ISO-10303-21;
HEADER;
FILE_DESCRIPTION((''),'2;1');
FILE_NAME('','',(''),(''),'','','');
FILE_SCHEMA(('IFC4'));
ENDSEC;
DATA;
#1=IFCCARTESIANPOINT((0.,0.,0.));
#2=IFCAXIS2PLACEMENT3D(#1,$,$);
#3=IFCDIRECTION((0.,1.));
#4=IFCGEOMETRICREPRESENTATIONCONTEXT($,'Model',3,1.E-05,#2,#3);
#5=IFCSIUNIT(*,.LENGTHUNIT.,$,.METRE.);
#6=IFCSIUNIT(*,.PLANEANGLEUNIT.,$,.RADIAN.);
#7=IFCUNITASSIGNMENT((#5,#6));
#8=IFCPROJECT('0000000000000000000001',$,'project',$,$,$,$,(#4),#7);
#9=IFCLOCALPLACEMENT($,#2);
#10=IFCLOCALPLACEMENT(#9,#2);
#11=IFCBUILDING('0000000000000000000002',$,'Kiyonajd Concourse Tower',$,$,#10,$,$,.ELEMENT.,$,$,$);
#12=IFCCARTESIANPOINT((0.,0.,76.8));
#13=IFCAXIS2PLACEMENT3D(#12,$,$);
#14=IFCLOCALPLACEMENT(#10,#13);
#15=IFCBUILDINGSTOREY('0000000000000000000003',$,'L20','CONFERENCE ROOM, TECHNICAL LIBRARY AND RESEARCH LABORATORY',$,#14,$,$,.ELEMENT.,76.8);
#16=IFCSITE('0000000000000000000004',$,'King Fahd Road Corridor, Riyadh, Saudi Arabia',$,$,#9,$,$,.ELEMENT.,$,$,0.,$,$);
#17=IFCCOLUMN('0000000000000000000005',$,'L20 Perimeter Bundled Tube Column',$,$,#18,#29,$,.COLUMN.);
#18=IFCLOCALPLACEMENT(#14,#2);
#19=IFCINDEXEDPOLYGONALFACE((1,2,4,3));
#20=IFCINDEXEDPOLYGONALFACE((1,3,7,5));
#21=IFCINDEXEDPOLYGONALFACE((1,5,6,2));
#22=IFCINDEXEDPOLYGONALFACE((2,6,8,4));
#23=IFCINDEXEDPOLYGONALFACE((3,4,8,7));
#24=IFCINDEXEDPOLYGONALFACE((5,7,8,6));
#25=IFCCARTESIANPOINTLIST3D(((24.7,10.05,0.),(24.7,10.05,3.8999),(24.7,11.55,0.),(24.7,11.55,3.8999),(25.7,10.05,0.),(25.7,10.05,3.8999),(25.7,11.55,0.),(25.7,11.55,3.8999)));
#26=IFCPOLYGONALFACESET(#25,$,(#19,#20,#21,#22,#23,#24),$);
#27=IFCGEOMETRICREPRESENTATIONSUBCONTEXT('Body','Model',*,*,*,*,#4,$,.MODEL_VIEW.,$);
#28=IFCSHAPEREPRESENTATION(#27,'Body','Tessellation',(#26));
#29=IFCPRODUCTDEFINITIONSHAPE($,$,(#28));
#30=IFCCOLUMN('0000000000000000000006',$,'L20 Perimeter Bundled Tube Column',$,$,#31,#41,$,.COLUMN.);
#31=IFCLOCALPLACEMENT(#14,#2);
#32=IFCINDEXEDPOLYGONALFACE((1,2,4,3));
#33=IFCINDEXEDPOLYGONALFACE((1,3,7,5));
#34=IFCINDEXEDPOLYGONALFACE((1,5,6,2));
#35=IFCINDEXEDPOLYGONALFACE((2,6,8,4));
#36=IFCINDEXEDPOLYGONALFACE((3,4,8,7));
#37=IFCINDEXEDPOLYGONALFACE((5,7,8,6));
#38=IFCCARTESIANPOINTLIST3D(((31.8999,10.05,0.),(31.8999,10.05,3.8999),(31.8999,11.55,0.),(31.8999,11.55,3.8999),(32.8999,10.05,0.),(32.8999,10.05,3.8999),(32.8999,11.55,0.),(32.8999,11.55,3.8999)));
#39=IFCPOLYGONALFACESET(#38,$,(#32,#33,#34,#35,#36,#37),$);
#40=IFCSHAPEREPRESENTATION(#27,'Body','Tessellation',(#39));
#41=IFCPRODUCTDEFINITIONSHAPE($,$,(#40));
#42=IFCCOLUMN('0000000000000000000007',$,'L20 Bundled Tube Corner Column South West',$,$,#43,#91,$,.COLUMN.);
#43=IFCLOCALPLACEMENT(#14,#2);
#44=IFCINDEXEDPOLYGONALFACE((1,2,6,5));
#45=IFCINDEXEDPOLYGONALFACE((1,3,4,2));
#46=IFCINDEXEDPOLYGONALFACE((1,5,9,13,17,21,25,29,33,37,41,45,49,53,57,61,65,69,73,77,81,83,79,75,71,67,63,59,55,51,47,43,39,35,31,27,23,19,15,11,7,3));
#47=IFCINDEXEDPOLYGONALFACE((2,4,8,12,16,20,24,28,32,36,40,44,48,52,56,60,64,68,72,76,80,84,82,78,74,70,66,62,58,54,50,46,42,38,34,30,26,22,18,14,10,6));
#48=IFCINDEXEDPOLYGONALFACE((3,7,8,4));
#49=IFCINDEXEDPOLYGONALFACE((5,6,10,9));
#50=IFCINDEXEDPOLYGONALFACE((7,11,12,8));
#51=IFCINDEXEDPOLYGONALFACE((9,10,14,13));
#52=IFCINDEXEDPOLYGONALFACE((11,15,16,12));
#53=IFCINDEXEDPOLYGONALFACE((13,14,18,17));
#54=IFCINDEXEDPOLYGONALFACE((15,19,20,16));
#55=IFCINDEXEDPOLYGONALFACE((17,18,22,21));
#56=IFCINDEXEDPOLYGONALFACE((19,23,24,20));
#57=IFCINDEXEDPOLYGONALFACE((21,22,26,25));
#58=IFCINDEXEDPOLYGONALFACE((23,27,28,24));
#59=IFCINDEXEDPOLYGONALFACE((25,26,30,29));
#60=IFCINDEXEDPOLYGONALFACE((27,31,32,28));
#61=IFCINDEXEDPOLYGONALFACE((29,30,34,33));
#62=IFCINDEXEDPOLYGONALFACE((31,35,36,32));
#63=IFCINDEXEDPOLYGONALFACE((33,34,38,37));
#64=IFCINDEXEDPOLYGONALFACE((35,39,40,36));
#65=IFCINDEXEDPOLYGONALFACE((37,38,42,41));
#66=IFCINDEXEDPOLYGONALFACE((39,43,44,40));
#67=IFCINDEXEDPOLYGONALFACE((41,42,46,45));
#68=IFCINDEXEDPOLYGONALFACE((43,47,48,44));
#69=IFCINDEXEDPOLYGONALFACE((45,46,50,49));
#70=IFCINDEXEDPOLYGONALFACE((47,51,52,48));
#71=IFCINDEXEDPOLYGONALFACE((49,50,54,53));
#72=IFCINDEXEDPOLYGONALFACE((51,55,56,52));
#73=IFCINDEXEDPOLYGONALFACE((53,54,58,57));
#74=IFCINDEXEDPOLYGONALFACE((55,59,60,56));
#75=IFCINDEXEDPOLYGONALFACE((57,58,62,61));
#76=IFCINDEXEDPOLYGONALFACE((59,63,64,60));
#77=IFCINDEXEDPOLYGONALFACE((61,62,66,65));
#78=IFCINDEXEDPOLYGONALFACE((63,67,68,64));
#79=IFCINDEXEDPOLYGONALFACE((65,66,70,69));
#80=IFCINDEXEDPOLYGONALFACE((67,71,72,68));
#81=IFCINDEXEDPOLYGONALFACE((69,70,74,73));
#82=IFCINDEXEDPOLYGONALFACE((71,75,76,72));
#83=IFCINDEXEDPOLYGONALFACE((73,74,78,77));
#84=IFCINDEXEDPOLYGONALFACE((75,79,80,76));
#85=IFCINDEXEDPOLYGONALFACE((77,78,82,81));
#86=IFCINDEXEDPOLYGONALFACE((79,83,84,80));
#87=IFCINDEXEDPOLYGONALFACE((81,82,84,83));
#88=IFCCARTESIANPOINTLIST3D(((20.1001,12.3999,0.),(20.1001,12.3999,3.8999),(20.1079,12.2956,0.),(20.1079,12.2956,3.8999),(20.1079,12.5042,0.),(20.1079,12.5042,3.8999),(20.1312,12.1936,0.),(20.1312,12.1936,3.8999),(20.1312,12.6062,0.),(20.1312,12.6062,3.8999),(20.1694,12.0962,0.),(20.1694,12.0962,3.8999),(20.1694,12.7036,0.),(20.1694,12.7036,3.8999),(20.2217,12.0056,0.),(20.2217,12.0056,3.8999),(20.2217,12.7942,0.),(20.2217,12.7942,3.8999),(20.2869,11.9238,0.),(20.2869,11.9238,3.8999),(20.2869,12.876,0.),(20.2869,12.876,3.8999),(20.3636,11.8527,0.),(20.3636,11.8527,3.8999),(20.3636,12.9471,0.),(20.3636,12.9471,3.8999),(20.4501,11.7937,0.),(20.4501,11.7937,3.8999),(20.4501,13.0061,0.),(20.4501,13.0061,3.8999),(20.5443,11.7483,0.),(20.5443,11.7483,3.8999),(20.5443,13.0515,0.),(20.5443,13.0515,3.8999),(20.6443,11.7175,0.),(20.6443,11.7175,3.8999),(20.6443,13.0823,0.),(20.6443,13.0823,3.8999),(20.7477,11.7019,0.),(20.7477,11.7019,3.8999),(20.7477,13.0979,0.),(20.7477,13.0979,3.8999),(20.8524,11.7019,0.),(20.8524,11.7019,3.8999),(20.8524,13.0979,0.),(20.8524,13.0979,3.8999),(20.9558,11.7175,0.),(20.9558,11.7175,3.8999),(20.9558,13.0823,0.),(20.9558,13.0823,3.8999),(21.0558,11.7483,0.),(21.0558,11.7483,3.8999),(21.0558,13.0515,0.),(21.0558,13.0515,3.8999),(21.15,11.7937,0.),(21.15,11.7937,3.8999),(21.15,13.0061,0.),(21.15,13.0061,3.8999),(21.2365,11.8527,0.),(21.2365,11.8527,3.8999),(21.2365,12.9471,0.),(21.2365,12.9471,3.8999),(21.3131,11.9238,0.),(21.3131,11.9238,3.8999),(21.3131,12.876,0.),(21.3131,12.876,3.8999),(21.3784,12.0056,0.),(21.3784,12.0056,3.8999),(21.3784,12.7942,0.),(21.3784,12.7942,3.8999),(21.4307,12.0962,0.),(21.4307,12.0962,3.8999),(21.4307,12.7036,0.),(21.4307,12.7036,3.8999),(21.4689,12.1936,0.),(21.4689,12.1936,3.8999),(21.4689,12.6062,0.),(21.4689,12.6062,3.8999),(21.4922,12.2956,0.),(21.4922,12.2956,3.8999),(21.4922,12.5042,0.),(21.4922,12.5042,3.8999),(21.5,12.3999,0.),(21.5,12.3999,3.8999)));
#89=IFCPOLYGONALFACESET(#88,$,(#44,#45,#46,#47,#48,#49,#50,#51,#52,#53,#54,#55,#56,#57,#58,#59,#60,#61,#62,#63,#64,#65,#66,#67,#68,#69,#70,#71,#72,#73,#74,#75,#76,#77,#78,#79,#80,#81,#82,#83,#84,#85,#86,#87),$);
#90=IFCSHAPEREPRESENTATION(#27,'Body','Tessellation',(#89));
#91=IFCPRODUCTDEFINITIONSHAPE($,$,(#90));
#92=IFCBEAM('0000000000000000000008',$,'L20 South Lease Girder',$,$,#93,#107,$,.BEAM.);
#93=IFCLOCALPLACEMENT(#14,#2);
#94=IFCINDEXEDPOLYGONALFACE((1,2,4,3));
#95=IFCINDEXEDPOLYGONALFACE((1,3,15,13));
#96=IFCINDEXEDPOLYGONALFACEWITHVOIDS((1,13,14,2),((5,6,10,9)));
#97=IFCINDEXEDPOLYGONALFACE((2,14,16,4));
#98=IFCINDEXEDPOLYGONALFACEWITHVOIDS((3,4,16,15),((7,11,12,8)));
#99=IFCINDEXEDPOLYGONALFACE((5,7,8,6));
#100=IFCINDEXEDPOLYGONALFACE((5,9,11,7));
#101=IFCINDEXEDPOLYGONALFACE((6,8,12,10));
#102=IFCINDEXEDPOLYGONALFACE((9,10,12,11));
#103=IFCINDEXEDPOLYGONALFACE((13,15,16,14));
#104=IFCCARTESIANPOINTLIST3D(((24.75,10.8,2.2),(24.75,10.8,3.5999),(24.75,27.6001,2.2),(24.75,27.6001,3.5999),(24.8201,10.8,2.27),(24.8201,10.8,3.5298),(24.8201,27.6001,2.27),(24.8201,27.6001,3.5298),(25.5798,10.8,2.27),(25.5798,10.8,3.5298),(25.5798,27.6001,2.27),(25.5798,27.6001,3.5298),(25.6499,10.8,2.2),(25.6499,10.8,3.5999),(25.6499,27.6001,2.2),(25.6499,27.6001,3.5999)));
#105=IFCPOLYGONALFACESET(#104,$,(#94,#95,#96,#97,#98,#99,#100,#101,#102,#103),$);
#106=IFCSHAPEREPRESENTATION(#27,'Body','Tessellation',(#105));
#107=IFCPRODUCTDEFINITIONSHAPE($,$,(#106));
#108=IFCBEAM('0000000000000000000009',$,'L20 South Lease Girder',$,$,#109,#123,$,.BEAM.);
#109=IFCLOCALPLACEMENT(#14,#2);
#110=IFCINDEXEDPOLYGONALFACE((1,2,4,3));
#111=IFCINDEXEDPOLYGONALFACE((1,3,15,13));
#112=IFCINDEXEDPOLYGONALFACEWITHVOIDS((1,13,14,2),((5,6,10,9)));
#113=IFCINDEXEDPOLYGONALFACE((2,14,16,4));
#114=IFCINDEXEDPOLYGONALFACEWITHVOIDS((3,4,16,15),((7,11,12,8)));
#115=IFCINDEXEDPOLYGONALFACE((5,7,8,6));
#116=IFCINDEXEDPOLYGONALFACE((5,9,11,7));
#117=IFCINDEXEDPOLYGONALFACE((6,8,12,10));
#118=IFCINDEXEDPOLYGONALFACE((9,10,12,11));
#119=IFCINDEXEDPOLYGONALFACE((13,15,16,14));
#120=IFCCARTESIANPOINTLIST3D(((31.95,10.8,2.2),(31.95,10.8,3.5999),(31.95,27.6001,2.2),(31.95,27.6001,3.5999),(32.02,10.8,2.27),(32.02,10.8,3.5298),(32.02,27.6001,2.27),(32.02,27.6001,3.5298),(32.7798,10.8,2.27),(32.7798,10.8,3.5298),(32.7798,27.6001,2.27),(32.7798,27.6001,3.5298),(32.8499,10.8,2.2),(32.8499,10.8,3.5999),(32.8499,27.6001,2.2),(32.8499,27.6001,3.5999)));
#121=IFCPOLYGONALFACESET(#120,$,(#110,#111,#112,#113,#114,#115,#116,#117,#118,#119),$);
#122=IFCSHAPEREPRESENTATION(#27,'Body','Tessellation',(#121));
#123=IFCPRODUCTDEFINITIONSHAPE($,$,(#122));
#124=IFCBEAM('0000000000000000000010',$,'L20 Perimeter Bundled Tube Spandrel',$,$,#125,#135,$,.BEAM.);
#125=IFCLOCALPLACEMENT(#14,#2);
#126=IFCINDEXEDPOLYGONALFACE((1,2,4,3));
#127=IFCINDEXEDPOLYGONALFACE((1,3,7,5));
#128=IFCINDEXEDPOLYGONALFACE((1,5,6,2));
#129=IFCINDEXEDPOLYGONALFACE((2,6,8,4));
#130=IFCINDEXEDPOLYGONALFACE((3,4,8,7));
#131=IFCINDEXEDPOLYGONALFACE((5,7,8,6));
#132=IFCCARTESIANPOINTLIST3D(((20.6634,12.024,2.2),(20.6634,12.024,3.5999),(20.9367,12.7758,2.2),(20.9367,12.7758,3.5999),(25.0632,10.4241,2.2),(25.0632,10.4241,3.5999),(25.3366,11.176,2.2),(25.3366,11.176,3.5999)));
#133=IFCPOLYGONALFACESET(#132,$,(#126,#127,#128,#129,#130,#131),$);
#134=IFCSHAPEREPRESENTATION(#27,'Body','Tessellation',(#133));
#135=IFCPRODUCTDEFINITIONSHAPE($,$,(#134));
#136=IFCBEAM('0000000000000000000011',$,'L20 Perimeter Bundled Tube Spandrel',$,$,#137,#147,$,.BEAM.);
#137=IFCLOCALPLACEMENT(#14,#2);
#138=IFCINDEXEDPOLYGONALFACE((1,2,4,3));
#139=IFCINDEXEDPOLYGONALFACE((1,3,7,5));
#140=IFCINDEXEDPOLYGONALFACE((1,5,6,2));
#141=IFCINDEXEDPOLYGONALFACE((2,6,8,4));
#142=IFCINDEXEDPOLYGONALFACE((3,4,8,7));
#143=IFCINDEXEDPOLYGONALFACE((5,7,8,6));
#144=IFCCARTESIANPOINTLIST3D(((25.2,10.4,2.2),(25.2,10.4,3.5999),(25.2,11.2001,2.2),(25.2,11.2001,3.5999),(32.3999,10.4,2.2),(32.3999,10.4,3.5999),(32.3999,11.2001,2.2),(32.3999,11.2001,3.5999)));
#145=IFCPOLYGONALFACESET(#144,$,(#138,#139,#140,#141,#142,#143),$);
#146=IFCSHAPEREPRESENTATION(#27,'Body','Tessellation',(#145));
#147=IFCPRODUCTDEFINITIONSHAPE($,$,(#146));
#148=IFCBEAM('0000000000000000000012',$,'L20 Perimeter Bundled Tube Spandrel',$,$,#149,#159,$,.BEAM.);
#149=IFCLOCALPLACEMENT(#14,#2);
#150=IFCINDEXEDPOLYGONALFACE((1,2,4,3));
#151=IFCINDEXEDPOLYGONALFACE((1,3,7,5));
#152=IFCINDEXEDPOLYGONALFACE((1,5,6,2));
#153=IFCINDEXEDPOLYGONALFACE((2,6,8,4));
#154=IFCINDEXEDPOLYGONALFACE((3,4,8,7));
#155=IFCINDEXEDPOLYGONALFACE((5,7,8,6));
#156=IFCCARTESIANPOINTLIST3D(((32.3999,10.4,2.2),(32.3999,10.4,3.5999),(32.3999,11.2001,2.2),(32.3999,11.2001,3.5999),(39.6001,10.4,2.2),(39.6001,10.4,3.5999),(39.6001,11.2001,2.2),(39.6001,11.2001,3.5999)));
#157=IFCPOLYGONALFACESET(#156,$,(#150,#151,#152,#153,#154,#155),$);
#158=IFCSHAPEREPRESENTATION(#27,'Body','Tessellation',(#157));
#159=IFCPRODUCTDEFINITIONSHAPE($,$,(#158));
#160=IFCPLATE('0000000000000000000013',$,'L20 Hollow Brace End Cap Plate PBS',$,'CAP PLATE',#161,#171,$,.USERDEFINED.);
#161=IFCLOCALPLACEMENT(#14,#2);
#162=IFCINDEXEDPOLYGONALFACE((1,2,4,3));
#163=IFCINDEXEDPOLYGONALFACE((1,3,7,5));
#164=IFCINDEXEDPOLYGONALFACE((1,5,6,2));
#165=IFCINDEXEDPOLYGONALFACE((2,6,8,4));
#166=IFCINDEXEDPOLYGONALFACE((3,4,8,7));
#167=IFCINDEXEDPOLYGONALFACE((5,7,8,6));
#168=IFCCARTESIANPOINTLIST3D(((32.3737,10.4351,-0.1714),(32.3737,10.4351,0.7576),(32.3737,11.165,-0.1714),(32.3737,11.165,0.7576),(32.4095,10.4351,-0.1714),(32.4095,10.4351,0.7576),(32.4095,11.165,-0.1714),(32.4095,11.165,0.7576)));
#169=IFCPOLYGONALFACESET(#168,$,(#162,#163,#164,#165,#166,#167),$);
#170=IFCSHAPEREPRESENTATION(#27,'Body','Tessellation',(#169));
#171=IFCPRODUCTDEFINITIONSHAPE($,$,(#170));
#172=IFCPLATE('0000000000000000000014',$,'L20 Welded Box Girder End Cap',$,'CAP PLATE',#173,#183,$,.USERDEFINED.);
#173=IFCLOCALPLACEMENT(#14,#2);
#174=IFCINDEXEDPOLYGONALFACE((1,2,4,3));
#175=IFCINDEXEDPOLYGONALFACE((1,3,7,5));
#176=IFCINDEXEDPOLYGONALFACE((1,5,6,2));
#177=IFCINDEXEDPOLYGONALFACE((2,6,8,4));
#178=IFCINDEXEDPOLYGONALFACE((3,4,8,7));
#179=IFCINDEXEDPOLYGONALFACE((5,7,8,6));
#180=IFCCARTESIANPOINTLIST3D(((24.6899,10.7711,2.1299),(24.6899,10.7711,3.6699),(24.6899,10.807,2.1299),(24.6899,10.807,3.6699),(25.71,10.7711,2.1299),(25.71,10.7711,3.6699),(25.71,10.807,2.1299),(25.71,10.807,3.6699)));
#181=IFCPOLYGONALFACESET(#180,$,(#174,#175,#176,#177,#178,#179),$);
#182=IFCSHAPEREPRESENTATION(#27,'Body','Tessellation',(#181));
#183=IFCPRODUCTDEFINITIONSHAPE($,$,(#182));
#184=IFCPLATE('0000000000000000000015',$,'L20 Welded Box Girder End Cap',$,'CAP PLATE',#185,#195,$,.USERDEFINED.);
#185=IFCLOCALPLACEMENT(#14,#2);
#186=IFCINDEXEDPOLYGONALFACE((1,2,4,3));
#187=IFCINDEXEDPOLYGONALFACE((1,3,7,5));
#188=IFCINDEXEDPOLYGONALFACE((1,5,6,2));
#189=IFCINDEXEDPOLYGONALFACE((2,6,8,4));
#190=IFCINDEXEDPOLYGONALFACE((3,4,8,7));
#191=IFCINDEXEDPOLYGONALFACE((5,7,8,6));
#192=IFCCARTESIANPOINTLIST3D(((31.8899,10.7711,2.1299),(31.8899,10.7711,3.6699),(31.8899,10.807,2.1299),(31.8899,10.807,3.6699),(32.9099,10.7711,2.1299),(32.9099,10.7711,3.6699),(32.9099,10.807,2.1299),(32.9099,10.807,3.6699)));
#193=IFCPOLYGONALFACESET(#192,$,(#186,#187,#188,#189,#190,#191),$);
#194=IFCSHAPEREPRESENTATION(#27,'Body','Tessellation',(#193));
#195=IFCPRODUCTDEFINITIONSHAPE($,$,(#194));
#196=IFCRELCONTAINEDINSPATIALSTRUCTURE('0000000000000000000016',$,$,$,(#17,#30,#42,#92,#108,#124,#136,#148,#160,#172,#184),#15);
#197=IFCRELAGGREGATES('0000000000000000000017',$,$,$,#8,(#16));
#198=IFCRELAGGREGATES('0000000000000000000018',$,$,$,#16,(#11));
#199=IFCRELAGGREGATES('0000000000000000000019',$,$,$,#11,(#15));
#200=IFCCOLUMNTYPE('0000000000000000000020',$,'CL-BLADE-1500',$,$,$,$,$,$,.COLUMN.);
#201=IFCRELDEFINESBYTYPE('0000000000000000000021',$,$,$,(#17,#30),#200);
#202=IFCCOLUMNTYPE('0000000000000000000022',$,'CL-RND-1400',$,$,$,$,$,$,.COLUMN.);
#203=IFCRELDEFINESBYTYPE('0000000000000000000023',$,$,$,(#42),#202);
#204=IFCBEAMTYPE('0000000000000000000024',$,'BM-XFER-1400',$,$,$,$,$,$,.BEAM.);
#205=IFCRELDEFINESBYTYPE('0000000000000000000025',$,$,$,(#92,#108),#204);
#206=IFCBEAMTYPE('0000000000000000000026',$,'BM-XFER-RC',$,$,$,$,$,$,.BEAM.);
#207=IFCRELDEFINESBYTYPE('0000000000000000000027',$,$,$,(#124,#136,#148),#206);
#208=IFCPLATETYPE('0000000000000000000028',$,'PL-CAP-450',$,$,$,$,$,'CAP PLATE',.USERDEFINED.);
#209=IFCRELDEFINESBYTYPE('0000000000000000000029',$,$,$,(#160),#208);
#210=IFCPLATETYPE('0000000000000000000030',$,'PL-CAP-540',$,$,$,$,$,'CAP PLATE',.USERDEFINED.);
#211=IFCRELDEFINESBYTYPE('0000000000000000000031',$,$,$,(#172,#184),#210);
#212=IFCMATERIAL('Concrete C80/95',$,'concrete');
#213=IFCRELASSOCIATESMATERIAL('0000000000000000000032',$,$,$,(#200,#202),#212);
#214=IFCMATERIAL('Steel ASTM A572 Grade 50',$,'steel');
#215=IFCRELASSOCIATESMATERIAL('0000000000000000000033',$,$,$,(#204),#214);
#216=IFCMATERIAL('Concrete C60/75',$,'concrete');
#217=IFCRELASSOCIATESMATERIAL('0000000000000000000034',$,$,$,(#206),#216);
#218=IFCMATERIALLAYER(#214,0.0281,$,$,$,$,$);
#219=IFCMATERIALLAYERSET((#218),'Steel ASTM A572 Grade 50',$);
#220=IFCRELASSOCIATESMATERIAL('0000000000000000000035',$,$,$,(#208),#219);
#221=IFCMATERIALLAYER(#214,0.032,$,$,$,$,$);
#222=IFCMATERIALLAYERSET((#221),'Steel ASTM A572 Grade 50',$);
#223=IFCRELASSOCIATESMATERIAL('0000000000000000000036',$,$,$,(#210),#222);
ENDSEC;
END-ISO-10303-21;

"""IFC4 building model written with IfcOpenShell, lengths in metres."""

from ifc_helpers import new_model, si_unit, direction, frame, origin, origin_2d, place, context, subcontext, project, spatial, rectangle, hollow_rectangle, circle, extrude, material, layer, layer_set, material_profile, profile_set, type_object, element, save


model = new_model("IFC4")

# Units and contexts
model_context = context("Model", 3, precision=1e-05, world=origin(), true_north=direction((0.0, 1.0)))
body_context = subcontext(model_context, "Body", "Model", "MODEL_VIEW")
ifc_project = project(units=[si_unit("LENGTHUNIT", "METRE"), si_unit("PLANEANGLEUNIT", "RADIAN")], contexts=[model_context])

# Site, building, storey
site_placement = place(None, origin())
site = spatial("IfcSite", under=ifc_project, at=site_placement, Name="King Fahd Road Corridor, Riyadh, Saudi Arabia", CompositionType="ELEMENT", RefElevation=0.0)
building_placement = place(site_placement, origin())
building = spatial("IfcBuilding", under=site, at=building_placement, Name="Kiyonajd Concourse Tower", CompositionType="ELEMENT")
storey_placement = place(building_placement, frame((0.0, 0.0, 76.8)))
storey = spatial("IfcBuildingStorey", under=building, at=storey_placement, Name="L20", Description="CONFERENCE ROOM, TECHNICAL LIBRARY AND RESEARCH LABORATORY", CompositionType="ELEMENT", Elevation=76.8)

# Columns
ifc_material_1 = material(Name="Concrete C80/95", Category="concrete")
ifc_material_profile_1 = material_profile(ifc_material_1, rectangle(XDim=1.0, YDim=1.5, at=origin_2d()), Name="RC-1500x1000")
ifc_profile_set_1 = profile_set([ifc_material_profile_1], Name="Concrete C80/95")
column_type_1 = type_object("IfcColumnType", Name="CL-BLADE-1500", PredefinedType="COLUMN", material=ifc_profile_set_1)
for number, where, z_axis, x_axis, name in (
    (1, (25.2, 10.8, 0.0), (0.0, 0.0, 1.0), (1.0, 0.0, 0.0), "L20 Perimeter Bundled Tube Column"),
    (2, (32.3999, 10.8, 0.0), (0.0, 0.0, 1.0), (1.0, 0.0, 0.0), "L20 Perimeter Bundled Tube Column"),
):
    element("IfcColumn", number, at=place(storey_placement, frame(where, z_axis=z_axis, x_axis=x_axis)), inside=storey, type_object=column_type_1, Name=name, PredefinedType="COLUMN", context=body_context, shape_type="SweptSolid", body=[
        extrude(rectangle(XDim=1.0, YDim=1.5, at=origin_2d()), origin(), (0.0, 0.0, 1.0), 3.8999),
    ])
ifc_material_profile_2 = material_profile(ifc_material_1, circle(Radius=0.7, at=origin_2d()), Name="RCC-D1400")
ifc_profile_set_2 = profile_set([ifc_material_profile_2], Name="Concrete C80/95")
column_type_2 = type_object("IfcColumnType", Name="CL-RND-1400", PredefinedType="COLUMN", material=ifc_profile_set_2)
column_placement = place(storey_placement, frame((20.8, 12.3999, 0.0), z_axis=(0.0, 0.0, 1.0), x_axis=(1.0, 0.0, 0.0)))
element("IfcColumn", 3, at=column_placement, inside=storey, type_object=column_type_2, Name="L20 Bundled Tube Corner Column South West", PredefinedType="COLUMN", context=body_context, shape_type="SweptSolid", body=[
    extrude(circle(Radius=0.7, at=origin_2d()), origin(), (0.0, 0.0, 1.0), 3.8999),
])

# Beams
ifc_material_2 = material(Name="Steel ASTM A572 Grade 50", Category="steel")
ifc_material_profile_3 = material_profile(ifc_material_2, hollow_rectangle(XDim=0.8999, YDim=1.3999, WallThickness=0.0701, at=origin_2d()), Name="BOX-1400x900x70")
ifc_profile_set_3 = profile_set([ifc_material_profile_3], Name="Steel ASTM A572 Grade 50")
beam_type_1 = type_object("IfcBeamType", Name="BM-XFER-1400", PredefinedType="BEAM", material=ifc_profile_set_3)
for number, where, z_axis, x_axis, name in (
    (4, (25.2, 10.8, 2.8999), (0.0, 1.0, 0.0), (-1.0, 0.0, 0.0), "L20 South Lease Girder"),
    (5, (32.3999, 10.8, 2.8999), (0.0, 1.0, 0.0), (-1.0, 0.0, 0.0), "L20 South Lease Girder"),
):
    element("IfcBeam", number, at=place(storey_placement, frame(where, z_axis=z_axis, x_axis=x_axis)), inside=storey, type_object=beam_type_1, Name=name, PredefinedType="BEAM", context=body_context, shape_type="SweptSolid", body=[
        extrude(hollow_rectangle(XDim=0.8999, YDim=1.3999, WallThickness=0.0701, at=origin_2d()), origin(), (0.0, 0.0, 1.0), 16.8),
    ])
ifc_material_3 = material(Name="Concrete C60/75", Category="concrete")
ifc_material_profile_4 = material_profile(ifc_material_3, rectangle(XDim=0.8, YDim=1.3999, at=origin_2d()), Name="RCBM-800x1400")
ifc_profile_set_4 = profile_set([ifc_material_profile_4], Name="Concrete C60/75")
beam_type_2 = type_object("IfcBeamType", Name="BM-XFER-RC", PredefinedType="BEAM", material=ifc_profile_set_4)
beam_1_placement = place(storey_placement, frame((20.8, 12.3999, 2.8999), z_axis=(0.939801, -0.341722, 0.0), x_axis=(0.341722, 0.939801, 0.0)))
element("IfcBeam", 6, at=beam_1_placement, inside=storey, type_object=beam_type_2, Name="L20 Perimeter Bundled Tube Spandrel", PredefinedType="BEAM", context=body_context, shape_type="SweptSolid", body=[
    extrude(rectangle(XDim=0.8, YDim=1.3999, at=origin_2d()), origin(), (0.0, 0.0, 1.0), 4.6816),
])
beam_2_placement = place(storey_placement, frame((25.2, 10.8, 2.8999), z_axis=(1.0, 0.0, 0.0), x_axis=(0.0, 1.0, 0.0)))
element("IfcBeam", 7, at=beam_2_placement, inside=storey, type_object=beam_type_2, Name="L20 Perimeter Bundled Tube Spandrel", PredefinedType="BEAM", context=body_context, shape_type="SweptSolid", body=[
    extrude(rectangle(XDim=0.8, YDim=1.3999, at=origin_2d()), origin(), (0.0, 0.0, 1.0), 7.2),
])
beam_3_placement = place(storey_placement, frame((32.3999, 10.8, 2.8999), z_axis=(1.0, 0.0, 0.0), x_axis=(0.0, 1.0, 0.0)))
element("IfcBeam", 8, at=beam_3_placement, inside=storey, type_object=beam_type_2, Name="L20 Perimeter Bundled Tube Spandrel", PredefinedType="BEAM", context=body_context, shape_type="SweptSolid", body=[
    extrude(rectangle(XDim=0.8, YDim=1.3999, at=origin_2d()), origin(), (0.0, 0.0, 1.0), 7.2002),
])

# Plates
ifc_layer_1 = layer(ifc_material_2, 0.0281)
ifc_layer_set_1 = layer_set([ifc_layer_1], Name="Steel ASTM A572 Grade 50")
plate_type_1 = type_object("IfcPlateType", Name="PL-CAP-450", ElementType="CAP PLATE", PredefinedType="USERDEFINED", material=ifc_layer_set_1)
plate_placement = place(storey_placement, frame((32.3916, 10.8, -0.1714), z_axis=(0.0, 0.0, 1.0), x_axis=(-1.0, 0.0, 0.0)))
element("IfcPlate", 9, at=plate_placement, inside=storey, type_object=plate_type_1, Name="L20 Hollow Brace End Cap Plate PBS", ObjectType="CAP PLATE", PredefinedType="USERDEFINED", context=body_context, shape_type="SweptSolid", body=[
    extrude(rectangle(XDim=0.0359, YDim=0.73, at=origin_2d()), origin(), (0.0, 0.0, 1.0), 0.929),
])
ifc_layer_2 = layer(ifc_material_2, 0.032)
ifc_layer_set_2 = layer_set([ifc_layer_2], Name="Steel ASTM A572 Grade 50")
plate_type_2 = type_object("IfcPlateType", Name="PL-CAP-540", ElementType="CAP PLATE", PredefinedType="USERDEFINED", material=ifc_layer_set_2)
for number, where, z_axis, x_axis, name in (
    (10, (25.2, 10.7891, 2.1299), (0.0, 0.0, 1.0), (0.0, -1.0, 0.0), "L20 Welded Box Girder End Cap"),
    (11, (32.3999, 10.7891, 2.1299), (0.0, 0.0, 1.0), (0.0, -1.0, 0.0), "L20 Welded Box Girder End Cap"),
):
    element("IfcPlate", number, at=place(storey_placement, frame(where, z_axis=z_axis, x_axis=x_axis)), inside=storey, type_object=plate_type_2, Name=name, ObjectType="CAP PLATE", PredefinedType="USERDEFINED", context=body_context, shape_type="SweptSolid", body=[
        extrude(rectangle(XDim=0.0359, YDim=1.02, at=origin_2d()), origin(), (0.0, 0.0, 1.0), 1.54),
    ])

save(model, "model.ifc")
